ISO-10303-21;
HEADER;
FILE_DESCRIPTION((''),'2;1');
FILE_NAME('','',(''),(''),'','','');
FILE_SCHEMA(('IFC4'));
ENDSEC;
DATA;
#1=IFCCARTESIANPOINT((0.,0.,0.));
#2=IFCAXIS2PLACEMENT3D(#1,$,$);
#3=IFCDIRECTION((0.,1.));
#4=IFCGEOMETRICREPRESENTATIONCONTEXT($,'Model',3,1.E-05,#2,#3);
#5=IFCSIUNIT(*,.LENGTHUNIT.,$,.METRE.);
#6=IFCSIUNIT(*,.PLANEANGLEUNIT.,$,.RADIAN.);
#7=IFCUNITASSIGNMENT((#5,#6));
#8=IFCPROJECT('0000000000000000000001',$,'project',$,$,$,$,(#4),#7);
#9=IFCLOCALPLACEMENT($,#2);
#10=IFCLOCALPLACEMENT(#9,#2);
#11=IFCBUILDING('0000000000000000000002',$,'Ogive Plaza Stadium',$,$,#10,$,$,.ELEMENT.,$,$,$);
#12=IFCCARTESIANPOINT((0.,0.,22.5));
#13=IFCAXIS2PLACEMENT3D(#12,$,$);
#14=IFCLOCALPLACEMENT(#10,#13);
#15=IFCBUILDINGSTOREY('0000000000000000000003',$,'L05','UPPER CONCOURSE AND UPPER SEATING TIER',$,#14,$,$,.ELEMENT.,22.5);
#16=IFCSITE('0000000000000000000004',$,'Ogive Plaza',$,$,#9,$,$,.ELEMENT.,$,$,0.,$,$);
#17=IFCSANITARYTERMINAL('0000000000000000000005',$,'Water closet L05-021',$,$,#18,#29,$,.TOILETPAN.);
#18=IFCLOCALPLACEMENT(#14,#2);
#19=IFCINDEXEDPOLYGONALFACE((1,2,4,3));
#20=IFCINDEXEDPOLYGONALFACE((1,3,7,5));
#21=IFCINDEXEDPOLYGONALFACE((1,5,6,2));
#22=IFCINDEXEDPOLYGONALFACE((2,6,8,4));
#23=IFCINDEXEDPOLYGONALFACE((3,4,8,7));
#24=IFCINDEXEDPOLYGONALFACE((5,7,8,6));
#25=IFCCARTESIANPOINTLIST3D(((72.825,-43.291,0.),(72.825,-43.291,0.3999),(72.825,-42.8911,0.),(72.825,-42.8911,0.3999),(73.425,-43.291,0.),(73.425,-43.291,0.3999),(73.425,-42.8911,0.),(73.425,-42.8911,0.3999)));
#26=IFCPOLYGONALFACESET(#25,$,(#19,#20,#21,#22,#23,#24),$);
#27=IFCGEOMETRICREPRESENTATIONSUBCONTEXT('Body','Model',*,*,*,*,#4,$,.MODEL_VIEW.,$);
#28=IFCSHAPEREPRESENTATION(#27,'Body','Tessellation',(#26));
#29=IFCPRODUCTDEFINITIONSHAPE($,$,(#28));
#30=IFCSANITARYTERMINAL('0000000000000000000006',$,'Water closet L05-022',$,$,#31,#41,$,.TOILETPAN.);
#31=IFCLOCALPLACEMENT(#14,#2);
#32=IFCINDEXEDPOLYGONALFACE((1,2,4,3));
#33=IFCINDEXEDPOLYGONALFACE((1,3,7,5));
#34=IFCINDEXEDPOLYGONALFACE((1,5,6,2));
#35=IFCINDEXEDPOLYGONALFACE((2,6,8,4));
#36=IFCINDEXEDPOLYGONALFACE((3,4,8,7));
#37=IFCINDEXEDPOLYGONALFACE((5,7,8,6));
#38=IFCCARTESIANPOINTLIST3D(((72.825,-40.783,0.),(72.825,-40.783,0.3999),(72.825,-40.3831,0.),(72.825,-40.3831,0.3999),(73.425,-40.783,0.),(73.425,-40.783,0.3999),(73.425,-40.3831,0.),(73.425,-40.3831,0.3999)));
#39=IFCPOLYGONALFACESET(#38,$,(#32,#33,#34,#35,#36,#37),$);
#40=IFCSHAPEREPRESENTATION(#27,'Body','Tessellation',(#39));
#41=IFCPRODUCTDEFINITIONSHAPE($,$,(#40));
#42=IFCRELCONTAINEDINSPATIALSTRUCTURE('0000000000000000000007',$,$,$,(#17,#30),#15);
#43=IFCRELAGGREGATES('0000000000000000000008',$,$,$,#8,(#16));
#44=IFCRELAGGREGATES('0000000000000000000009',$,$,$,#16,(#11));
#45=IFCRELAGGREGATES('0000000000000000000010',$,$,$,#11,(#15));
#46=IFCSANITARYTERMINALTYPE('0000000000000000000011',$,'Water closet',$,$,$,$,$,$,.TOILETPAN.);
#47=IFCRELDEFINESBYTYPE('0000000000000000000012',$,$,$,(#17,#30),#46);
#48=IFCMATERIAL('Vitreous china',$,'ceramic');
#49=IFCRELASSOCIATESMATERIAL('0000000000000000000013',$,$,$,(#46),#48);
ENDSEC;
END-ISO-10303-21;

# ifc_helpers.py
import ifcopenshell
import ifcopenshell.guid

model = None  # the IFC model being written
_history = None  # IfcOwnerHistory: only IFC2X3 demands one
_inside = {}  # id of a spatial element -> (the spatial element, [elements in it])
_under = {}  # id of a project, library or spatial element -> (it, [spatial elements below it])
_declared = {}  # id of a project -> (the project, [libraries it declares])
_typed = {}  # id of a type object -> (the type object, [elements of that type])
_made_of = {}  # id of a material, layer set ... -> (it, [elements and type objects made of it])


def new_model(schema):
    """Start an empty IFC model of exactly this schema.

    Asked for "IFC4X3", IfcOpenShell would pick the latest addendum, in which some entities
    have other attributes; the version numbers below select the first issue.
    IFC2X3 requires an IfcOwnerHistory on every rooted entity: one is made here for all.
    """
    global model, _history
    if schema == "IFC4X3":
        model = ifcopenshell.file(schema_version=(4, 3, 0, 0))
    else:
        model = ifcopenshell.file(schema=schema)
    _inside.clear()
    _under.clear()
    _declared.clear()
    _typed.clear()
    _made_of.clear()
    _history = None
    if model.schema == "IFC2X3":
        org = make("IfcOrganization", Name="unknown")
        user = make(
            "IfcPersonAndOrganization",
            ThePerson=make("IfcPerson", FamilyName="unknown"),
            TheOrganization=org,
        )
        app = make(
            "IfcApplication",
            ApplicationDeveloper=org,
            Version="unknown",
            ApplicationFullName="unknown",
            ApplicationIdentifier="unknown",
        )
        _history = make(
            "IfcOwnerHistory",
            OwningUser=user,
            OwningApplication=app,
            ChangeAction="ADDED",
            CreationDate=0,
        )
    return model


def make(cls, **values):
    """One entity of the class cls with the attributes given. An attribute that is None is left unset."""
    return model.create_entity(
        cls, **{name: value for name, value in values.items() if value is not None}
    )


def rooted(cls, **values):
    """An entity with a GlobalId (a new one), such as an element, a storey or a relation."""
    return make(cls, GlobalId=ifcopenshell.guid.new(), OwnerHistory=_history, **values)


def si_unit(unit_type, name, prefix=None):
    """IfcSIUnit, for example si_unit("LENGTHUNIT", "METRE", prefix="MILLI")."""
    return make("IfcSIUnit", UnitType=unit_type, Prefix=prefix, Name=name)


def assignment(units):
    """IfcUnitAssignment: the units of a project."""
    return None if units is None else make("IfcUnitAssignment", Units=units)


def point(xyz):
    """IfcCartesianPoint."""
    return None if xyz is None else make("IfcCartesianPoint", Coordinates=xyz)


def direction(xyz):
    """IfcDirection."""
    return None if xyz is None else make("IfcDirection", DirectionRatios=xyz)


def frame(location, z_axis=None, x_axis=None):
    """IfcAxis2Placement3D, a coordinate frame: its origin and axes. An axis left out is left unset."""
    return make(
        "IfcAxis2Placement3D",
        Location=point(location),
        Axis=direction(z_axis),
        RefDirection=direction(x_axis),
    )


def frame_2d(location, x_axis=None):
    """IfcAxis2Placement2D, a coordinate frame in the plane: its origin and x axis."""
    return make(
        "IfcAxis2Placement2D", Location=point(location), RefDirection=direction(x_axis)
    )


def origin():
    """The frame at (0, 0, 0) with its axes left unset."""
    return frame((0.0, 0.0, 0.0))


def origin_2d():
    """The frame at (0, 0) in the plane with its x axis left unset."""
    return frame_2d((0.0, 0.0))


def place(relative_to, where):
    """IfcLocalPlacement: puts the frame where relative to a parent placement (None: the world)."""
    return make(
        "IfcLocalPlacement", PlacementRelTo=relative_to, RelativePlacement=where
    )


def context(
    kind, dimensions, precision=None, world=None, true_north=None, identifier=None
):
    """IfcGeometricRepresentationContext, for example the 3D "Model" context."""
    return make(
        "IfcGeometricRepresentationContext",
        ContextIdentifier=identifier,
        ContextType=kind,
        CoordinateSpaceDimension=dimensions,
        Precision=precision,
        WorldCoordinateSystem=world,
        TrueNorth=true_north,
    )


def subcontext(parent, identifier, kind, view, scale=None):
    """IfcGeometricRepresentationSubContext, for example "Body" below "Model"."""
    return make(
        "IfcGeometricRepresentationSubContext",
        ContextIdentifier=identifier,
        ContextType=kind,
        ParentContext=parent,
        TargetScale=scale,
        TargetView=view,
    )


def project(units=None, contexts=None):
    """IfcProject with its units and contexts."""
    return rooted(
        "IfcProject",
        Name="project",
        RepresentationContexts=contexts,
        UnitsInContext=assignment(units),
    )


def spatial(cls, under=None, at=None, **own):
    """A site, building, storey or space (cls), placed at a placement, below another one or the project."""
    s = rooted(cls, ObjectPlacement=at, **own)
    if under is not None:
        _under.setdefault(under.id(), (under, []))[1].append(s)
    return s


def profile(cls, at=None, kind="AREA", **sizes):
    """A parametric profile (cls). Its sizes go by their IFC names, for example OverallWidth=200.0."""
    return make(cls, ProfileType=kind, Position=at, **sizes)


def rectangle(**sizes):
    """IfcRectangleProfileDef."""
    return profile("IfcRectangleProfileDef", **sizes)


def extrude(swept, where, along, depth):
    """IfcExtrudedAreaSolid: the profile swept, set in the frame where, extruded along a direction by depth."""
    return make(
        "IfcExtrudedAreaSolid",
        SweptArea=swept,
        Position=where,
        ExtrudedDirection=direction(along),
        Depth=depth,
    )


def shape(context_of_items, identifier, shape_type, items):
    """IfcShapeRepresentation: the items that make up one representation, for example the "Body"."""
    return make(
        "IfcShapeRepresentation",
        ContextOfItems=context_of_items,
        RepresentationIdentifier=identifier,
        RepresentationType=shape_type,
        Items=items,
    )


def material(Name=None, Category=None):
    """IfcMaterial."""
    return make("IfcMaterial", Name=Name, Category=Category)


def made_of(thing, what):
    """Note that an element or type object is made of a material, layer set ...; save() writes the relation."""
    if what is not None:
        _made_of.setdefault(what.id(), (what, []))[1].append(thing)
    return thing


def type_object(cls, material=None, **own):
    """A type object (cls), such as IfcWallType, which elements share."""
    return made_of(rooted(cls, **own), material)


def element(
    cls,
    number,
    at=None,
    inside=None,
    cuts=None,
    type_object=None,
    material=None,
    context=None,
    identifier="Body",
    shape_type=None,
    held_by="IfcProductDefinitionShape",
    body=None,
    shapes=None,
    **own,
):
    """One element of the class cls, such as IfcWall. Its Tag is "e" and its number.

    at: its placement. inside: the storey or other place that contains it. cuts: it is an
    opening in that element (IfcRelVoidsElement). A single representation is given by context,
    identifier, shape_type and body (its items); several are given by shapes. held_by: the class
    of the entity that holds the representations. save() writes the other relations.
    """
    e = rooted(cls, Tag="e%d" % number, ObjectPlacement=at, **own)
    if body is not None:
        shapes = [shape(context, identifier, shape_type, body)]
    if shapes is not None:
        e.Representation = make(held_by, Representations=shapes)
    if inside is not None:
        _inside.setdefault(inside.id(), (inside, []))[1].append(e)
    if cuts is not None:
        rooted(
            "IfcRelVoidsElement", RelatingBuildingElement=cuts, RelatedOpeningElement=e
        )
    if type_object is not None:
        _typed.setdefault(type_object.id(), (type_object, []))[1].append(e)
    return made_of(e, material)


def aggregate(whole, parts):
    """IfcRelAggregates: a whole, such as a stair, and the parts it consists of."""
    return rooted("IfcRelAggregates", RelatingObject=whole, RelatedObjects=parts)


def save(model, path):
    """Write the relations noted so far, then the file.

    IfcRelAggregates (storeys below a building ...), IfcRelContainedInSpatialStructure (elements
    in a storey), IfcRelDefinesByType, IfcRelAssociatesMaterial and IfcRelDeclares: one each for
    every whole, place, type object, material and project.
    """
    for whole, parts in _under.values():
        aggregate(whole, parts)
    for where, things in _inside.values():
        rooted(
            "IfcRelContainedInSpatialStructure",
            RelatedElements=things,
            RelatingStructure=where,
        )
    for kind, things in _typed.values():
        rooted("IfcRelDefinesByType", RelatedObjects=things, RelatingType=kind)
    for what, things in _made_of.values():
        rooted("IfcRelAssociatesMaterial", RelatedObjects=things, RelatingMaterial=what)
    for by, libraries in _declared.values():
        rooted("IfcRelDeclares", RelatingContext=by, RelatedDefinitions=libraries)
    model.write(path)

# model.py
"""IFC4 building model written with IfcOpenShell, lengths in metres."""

from ifc_helpers import new_model, si_unit, direction, frame, origin, origin_2d, place, context, subcontext, project, spatial, rectangle, extrude, material, type_object, element, save


model = new_model("IFC4")

# Units and contexts
model_context = context("Model", 3, precision=1e-05, world=origin(), true_north=direction((0.0, 1.0)))
body_context = subcontext(model_context, "Body", "Model", "MODEL_VIEW")
ifc_project = project(units=[si_unit("LENGTHUNIT", "METRE"), si_unit("PLANEANGLEUNIT", "RADIAN")], contexts=[model_context])

# Site, building, storey
site_placement = place(None, origin())
site = spatial("IfcSite", under=ifc_project, at=site_placement, Name="Ogive Plaza", CompositionType="ELEMENT", RefElevation=0.0)
building_placement = place(site_placement, origin())
building = spatial("IfcBuilding", under=site, at=building_placement, Name="Ogive Plaza Stadium", CompositionType="ELEMENT")
storey_placement = place(building_placement, frame((0.0, 0.0, 22.5)))
storey = spatial("IfcBuildingStorey", under=building, at=storey_placement, Name="L05", Description="UPPER CONCOURSE AND UPPER SEATING TIER", CompositionType="ELEMENT", Elevation=22.5)

# Sanitary terminals
ifc_material_1 = material(Name="Vitreous china", Category="ceramic")
sanitary_terminal_type_1 = type_object("IfcSanitaryTerminalType", Name="Water closet", PredefinedType="TOILETPAN", material=ifc_material_1)
for number, where, z_axis, x_axis, name in (
    (1, (73.125, -43.0911, 0.0), (0.0, 0.0, 1.0), (0.0, 1.0, 0.0), "Water closet L05-021"),
    (2, (73.125, -40.583, 0.0), (0.0, 0.0, 1.0), (0.0, 1.0, 0.0), "Water closet L05-022"),
):
    element("IfcSanitaryTerminal", number, at=place(storey_placement, frame(where, z_axis=z_axis, x_axis=x_axis)), inside=storey, type_object=sanitary_terminal_type_1, Name=name, PredefinedType="TOILETPAN", context=body_context, shape_type="SweptSolid", body=[
        extrude(rectangle(XDim=0.3999, YDim=0.6001, at=origin_2d()), origin(), (0.0, 0.0, 1.0), 0.3999),
    ])

save(model, "model.ifc")
